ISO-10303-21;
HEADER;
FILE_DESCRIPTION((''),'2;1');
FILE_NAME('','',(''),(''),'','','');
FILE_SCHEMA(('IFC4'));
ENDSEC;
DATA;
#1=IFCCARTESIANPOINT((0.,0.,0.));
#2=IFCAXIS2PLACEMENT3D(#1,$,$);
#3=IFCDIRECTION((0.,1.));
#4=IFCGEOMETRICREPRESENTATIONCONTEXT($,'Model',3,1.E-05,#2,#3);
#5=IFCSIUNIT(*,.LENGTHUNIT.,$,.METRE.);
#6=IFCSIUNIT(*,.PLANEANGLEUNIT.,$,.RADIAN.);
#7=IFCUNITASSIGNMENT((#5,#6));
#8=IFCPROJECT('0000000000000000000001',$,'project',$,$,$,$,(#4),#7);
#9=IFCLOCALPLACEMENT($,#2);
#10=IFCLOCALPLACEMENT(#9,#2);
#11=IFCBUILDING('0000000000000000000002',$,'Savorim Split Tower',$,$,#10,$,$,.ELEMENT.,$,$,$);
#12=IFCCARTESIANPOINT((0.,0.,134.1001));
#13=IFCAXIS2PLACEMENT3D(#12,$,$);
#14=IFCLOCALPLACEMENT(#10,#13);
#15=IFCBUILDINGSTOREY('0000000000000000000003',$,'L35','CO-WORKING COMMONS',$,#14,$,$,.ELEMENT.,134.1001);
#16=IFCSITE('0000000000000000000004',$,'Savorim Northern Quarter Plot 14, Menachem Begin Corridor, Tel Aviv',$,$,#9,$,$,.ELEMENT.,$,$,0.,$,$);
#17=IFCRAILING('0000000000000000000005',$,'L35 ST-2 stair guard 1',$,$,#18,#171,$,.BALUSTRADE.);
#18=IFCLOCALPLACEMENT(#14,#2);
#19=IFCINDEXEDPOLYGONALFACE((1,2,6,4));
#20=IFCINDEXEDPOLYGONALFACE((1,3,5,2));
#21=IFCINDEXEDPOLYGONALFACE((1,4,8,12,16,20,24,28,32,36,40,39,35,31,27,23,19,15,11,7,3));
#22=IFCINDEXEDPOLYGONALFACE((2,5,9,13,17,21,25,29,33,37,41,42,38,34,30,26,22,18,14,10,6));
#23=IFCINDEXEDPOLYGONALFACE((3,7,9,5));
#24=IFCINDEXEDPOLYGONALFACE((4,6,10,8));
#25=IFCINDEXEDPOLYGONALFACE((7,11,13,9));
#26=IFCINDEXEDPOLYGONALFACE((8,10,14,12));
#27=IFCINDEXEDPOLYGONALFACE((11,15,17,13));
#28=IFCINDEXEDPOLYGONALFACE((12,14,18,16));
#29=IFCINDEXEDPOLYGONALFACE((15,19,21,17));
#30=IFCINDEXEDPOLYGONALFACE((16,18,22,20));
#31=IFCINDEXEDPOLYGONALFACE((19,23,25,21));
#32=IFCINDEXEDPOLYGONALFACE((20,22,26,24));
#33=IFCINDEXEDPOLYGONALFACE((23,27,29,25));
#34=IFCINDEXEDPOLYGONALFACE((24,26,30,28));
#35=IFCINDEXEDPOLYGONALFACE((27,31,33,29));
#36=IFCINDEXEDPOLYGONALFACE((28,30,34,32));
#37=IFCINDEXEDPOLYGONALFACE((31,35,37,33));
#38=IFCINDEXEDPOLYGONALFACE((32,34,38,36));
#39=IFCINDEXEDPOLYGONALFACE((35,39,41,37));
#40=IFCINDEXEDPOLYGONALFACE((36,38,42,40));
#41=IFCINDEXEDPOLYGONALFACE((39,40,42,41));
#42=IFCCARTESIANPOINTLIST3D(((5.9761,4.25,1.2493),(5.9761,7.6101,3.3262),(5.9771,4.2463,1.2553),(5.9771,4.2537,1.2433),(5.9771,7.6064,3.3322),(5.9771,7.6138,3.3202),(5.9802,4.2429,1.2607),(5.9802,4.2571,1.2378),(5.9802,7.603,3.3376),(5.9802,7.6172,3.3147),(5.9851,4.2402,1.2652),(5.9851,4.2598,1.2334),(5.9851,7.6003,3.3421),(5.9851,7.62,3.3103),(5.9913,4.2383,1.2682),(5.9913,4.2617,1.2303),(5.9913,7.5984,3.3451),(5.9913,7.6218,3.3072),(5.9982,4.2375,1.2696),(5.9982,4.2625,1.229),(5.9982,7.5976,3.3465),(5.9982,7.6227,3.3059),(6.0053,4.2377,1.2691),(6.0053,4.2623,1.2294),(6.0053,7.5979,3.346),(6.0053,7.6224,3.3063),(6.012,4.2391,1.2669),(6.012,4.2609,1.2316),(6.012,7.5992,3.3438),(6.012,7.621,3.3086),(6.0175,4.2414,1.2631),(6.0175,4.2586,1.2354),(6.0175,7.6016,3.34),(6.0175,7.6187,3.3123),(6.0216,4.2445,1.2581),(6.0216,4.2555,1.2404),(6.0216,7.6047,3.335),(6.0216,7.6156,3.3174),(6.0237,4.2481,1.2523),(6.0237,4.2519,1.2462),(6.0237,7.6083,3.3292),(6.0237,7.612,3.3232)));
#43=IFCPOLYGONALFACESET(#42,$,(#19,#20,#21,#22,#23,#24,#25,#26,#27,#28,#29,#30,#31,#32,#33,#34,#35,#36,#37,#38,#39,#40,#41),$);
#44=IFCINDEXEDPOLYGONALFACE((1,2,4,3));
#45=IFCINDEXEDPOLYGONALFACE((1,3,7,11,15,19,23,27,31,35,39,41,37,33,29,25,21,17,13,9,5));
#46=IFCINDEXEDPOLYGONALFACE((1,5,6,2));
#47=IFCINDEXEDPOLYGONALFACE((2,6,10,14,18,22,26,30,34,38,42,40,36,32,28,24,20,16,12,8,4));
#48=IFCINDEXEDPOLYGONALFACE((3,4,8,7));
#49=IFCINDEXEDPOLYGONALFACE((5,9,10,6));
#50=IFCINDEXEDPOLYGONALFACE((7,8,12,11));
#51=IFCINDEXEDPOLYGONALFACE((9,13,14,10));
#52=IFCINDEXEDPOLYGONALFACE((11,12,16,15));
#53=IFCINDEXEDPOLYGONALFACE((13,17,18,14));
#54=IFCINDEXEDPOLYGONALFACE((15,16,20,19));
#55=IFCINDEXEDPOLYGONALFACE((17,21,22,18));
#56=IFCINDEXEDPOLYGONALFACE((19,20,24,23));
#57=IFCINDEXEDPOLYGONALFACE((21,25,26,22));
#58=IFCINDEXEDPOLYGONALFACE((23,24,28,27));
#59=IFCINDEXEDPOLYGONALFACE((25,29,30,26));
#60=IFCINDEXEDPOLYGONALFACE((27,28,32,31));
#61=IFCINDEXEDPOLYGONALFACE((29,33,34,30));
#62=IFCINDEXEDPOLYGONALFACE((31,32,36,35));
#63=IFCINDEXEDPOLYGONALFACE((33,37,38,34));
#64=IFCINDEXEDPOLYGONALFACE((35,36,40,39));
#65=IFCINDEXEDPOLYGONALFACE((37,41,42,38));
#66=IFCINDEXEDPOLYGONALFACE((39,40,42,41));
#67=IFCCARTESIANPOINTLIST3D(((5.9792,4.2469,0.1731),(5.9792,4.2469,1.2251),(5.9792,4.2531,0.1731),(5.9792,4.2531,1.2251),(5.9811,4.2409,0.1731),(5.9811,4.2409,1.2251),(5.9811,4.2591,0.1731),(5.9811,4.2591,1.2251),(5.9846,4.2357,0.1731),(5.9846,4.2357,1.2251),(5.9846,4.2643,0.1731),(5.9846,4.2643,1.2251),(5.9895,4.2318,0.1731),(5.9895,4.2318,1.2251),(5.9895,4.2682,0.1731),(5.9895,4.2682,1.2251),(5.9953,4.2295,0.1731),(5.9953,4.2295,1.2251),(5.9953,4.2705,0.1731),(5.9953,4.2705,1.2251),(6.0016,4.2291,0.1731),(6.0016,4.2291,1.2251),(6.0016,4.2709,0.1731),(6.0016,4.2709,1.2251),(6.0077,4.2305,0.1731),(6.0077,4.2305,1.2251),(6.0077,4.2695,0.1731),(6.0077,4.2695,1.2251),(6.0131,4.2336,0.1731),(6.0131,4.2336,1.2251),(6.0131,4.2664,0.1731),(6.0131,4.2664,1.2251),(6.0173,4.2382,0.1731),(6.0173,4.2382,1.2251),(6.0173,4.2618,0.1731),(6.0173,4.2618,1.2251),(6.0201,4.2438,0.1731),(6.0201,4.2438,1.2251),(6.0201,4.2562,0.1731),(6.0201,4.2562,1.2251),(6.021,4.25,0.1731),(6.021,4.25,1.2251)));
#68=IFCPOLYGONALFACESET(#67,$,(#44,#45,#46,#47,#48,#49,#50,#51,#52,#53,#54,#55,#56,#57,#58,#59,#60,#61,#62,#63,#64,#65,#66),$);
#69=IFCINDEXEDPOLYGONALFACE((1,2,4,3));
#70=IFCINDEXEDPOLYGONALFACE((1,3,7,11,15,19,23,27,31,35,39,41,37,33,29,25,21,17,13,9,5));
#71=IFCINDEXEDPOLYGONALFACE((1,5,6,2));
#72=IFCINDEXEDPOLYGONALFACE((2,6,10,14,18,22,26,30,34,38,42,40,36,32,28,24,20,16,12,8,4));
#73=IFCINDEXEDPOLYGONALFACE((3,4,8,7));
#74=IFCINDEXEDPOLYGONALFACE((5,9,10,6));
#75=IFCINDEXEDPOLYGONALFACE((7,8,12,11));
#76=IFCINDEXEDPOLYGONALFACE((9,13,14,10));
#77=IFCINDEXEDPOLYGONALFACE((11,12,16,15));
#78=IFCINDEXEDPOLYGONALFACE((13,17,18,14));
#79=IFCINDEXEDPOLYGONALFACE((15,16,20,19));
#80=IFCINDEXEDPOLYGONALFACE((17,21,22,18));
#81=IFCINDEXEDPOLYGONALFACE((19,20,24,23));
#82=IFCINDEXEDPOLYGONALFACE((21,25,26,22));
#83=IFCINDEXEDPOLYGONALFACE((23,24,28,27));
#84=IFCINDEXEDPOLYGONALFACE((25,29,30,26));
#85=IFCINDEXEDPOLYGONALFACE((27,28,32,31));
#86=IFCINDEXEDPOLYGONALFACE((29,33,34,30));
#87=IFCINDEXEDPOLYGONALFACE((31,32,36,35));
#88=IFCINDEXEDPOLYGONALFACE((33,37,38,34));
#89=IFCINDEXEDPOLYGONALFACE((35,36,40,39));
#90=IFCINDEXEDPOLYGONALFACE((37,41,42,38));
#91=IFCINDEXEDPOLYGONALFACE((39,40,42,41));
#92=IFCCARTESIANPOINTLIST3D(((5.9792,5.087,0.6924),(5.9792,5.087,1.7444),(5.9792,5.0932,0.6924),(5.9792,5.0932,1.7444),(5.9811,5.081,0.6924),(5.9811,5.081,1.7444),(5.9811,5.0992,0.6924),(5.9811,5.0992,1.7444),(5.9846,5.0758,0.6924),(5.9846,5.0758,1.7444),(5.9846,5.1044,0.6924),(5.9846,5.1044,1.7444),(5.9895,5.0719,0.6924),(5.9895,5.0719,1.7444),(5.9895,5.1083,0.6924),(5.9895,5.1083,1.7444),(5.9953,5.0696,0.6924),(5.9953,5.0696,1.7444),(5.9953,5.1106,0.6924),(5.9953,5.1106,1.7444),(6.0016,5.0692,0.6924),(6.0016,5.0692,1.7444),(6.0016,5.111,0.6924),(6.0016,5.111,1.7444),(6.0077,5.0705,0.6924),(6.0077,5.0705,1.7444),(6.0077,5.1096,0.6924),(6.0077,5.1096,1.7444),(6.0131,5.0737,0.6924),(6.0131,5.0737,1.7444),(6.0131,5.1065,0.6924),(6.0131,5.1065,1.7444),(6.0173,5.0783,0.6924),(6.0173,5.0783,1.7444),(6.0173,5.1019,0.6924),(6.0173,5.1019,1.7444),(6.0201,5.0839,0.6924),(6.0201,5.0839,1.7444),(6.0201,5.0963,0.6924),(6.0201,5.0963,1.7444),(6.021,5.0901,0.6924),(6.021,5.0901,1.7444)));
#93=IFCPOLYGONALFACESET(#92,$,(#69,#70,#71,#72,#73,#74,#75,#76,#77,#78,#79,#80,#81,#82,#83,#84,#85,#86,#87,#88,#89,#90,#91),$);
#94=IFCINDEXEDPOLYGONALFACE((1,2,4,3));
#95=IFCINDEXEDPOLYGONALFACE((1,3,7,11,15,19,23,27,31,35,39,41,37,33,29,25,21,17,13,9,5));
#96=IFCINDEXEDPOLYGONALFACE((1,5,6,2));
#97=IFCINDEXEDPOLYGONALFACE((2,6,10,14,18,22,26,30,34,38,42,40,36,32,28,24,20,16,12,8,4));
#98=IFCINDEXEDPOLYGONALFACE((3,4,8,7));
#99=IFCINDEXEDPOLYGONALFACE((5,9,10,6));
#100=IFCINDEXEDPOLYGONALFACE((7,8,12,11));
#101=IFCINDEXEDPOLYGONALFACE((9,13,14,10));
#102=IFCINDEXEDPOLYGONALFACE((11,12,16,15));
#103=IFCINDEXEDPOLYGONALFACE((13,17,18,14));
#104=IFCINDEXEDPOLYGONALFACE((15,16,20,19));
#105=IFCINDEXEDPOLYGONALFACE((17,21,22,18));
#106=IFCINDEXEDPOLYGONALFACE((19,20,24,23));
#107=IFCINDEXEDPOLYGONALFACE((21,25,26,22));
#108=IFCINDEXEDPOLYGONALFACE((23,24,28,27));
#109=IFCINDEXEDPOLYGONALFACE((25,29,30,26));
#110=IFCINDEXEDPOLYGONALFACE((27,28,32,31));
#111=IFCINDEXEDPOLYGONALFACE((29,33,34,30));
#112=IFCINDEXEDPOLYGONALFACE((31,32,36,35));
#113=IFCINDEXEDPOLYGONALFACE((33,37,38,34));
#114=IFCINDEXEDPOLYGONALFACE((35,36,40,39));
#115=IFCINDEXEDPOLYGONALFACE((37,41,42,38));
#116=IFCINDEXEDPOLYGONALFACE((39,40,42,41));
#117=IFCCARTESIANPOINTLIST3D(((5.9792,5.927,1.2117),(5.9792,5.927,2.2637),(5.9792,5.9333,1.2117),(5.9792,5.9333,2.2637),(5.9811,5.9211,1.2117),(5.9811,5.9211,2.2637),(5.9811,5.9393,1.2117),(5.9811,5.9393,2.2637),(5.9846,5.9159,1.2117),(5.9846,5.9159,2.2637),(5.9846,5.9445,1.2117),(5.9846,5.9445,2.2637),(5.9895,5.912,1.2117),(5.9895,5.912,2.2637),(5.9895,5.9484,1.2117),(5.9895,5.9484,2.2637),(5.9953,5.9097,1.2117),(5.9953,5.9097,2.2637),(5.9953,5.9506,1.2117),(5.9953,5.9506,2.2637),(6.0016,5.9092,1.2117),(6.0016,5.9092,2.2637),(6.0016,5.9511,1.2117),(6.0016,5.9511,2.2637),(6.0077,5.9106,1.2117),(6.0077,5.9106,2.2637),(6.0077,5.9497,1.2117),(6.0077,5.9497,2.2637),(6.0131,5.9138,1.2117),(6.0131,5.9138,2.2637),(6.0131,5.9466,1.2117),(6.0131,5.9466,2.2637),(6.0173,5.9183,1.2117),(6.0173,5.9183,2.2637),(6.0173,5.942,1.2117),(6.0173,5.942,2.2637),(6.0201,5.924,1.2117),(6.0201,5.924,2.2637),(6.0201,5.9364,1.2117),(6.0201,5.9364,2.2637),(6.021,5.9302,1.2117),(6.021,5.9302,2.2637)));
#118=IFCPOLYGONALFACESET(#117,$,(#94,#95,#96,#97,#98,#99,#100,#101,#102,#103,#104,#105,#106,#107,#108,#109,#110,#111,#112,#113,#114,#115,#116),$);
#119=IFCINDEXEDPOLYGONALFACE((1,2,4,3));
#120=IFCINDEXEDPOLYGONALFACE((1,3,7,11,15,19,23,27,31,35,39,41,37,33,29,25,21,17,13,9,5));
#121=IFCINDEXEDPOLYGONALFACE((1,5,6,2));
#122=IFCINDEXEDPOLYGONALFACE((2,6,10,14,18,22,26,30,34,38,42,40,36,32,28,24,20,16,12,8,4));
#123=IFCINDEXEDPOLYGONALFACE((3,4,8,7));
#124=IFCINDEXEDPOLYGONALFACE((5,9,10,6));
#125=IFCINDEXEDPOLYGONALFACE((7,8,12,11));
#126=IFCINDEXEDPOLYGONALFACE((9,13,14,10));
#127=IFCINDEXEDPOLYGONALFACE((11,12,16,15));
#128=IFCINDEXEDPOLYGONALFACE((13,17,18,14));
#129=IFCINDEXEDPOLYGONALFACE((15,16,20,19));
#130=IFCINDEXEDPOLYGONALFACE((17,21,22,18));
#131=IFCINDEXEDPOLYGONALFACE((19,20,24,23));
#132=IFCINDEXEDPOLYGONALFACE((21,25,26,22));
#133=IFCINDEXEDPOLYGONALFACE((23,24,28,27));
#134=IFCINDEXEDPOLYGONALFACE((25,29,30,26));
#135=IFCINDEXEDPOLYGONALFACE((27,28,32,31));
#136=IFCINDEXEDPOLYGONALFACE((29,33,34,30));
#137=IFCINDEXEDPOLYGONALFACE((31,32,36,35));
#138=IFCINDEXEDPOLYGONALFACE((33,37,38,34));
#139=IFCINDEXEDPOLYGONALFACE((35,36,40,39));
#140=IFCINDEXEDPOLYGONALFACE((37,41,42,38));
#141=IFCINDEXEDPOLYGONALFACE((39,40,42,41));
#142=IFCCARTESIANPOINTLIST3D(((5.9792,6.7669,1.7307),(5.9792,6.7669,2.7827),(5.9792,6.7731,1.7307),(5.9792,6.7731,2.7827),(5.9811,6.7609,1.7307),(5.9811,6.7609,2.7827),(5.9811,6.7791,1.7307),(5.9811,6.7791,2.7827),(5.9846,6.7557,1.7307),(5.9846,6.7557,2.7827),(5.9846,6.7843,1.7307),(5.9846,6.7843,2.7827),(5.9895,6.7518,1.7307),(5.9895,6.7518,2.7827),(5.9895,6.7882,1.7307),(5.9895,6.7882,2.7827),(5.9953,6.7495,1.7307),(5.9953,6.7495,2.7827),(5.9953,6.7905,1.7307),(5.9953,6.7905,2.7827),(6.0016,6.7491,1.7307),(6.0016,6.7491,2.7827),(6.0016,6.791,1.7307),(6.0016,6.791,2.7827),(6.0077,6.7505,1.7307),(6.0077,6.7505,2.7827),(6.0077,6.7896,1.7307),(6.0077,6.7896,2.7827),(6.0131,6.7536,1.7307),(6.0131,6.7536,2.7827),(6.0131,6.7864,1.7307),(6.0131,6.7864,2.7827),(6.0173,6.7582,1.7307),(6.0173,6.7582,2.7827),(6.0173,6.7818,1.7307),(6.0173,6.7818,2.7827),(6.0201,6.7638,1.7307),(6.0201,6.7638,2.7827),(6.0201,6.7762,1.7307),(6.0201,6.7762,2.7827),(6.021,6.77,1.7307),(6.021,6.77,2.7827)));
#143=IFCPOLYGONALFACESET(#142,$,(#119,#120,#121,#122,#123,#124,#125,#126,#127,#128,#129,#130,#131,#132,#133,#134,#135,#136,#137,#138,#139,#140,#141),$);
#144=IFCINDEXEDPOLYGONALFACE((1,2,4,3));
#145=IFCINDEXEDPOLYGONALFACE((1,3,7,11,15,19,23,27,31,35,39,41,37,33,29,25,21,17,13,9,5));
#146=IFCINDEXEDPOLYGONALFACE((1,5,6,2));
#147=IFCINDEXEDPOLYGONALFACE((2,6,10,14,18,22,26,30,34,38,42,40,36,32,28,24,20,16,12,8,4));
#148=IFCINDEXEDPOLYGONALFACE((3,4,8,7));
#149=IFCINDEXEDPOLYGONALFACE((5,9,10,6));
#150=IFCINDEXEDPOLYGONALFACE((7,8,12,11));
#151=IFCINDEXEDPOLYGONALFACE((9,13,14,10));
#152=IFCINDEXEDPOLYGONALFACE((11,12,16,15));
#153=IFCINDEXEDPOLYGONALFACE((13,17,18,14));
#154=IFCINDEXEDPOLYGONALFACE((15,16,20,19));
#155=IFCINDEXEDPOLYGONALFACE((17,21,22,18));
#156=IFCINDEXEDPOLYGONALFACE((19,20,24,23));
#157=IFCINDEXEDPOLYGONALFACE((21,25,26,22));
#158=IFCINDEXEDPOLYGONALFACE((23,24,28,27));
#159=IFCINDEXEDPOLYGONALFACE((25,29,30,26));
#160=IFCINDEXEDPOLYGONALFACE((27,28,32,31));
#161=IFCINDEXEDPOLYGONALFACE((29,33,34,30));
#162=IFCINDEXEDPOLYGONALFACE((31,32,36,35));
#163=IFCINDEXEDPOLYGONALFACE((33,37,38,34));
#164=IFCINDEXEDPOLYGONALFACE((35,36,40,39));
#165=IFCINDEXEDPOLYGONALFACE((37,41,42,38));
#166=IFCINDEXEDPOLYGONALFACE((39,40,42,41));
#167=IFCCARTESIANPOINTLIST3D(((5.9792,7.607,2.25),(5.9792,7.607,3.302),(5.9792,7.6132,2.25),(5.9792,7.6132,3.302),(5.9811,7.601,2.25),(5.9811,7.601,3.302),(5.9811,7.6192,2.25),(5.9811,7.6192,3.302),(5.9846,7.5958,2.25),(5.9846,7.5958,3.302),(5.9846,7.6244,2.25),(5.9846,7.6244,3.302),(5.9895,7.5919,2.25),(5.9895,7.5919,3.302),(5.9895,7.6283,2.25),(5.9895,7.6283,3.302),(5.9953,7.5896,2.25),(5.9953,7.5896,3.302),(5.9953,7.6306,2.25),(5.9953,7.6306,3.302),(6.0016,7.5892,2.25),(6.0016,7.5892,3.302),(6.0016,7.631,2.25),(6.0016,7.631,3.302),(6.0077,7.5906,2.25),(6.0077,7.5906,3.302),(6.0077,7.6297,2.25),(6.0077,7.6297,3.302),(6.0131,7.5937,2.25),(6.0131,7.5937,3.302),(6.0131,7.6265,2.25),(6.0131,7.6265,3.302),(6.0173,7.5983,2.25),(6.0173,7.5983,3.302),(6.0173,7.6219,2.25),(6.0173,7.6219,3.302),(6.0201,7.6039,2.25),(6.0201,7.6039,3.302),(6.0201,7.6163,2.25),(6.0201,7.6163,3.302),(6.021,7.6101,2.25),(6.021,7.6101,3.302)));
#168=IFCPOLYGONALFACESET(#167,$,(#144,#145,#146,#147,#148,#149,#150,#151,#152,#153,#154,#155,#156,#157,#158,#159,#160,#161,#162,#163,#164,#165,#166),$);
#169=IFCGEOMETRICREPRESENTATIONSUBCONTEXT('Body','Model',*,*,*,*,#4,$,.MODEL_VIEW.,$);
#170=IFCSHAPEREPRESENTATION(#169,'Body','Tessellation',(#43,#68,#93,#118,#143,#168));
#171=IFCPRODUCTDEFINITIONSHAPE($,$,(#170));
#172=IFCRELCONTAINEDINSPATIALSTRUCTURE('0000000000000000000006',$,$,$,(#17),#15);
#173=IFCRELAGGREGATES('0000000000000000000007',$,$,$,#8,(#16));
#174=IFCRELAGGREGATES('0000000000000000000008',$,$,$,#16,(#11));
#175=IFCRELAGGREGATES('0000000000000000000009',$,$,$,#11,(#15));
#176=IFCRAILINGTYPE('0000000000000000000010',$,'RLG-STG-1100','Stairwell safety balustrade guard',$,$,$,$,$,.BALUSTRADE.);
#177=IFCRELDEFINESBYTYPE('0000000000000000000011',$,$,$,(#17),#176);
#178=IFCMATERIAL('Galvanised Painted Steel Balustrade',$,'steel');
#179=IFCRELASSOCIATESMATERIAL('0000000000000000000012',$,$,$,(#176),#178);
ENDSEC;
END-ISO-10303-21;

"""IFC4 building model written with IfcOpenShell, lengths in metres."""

from ifc_helpers import new_model, si_unit, direction, frame, origin, origin_2d, place, context, subcontext, project, spatial, circle, extrude, material, type_object, element, save


model = new_model("IFC4")

# Units and contexts
model_context = context("Model", 3, precision=1e-05, world=origin(), true_north=direction((0.0, 1.0)))
body_context = subcontext(model_context, "Body", "Model", "MODEL_VIEW")
ifc_project = project(units=[si_unit("LENGTHUNIT", "METRE"), si_unit("PLANEANGLEUNIT", "RADIAN")], contexts=[model_context])

# Site, building, storey
site_placement = place(None, origin())
site = spatial("IfcSite", under=ifc_project, at=site_placement, Name="Savorim Northern Quarter Plot 14, Menachem Begin Corridor, Tel Aviv", CompositionType="ELEMENT", RefElevation=0.0)
building_placement = place(site_placement, origin())
building = spatial("IfcBuilding", under=site, at=building_placement, Name="Savorim Split Tower", CompositionType="ELEMENT")
storey_placement = place(building_placement, frame((0.0, 0.0, 134.1001)))
storey = spatial("IfcBuildingStorey", under=building, at=storey_placement, Name="L35", Description="CO-WORKING COMMONS", CompositionType="ELEMENT", Elevation=134.1001)

# Railing
ifc_material_1 = material(Name="Galvanised Painted Steel Balustrade", Category="steel")
railing_type_1 = type_object("IfcRailingType", Name="RLG-STG-1100", Description="Stairwell safety balustrade guard", PredefinedType="BALUSTRADE", material=ifc_material_1)
railing_1_placement = place(storey_placement, frame((6.0, 4.25, 0.1731)))
element("IfcRailing", 1, at=railing_1_placement, inside=storey, type_object=railing_type_1, Name="L35 ST-2 stair guard 1", PredefinedType="BALUSTRADE", context=body_context, shape_type="SweptSolid", body=[
    extrude(circle(Radius=0.0239, at=origin_2d()), frame((0.0, 0.0, 1.0762), z_axis=(0.0, 0.850623, 0.525776), x_axis=(-1.0, 0.0, 0.0)), (0.0, 0.0, 1.0), 3.9502),
    extrude(circle(Radius=0.021, at=origin_2d()), origin(), (0.0, 0.0, 1.0), 1.052),
    extrude(circle(Radius=0.021, at=origin_2d()), frame((0.0, 0.8401, 0.5193)), (0.0, 0.0, 1.0), 1.052),
    extrude(circle(Radius=0.021, at=origin_2d()), frame((0.0, 1.6802, 1.0386)), (0.0, 0.0, 1.0), 1.052),
    extrude(circle(Radius=0.021, at=origin_2d()), frame((0.0, 2.52, 1.5576)), (0.0, 0.0, 1.0), 1.052),
    extrude(circle(Radius=0.021, at=origin_2d()), frame((0.0, 3.3601, 2.0769)), (0.0, 0.0, 1.0), 1.052),
])

save(model, "model.ifc")
